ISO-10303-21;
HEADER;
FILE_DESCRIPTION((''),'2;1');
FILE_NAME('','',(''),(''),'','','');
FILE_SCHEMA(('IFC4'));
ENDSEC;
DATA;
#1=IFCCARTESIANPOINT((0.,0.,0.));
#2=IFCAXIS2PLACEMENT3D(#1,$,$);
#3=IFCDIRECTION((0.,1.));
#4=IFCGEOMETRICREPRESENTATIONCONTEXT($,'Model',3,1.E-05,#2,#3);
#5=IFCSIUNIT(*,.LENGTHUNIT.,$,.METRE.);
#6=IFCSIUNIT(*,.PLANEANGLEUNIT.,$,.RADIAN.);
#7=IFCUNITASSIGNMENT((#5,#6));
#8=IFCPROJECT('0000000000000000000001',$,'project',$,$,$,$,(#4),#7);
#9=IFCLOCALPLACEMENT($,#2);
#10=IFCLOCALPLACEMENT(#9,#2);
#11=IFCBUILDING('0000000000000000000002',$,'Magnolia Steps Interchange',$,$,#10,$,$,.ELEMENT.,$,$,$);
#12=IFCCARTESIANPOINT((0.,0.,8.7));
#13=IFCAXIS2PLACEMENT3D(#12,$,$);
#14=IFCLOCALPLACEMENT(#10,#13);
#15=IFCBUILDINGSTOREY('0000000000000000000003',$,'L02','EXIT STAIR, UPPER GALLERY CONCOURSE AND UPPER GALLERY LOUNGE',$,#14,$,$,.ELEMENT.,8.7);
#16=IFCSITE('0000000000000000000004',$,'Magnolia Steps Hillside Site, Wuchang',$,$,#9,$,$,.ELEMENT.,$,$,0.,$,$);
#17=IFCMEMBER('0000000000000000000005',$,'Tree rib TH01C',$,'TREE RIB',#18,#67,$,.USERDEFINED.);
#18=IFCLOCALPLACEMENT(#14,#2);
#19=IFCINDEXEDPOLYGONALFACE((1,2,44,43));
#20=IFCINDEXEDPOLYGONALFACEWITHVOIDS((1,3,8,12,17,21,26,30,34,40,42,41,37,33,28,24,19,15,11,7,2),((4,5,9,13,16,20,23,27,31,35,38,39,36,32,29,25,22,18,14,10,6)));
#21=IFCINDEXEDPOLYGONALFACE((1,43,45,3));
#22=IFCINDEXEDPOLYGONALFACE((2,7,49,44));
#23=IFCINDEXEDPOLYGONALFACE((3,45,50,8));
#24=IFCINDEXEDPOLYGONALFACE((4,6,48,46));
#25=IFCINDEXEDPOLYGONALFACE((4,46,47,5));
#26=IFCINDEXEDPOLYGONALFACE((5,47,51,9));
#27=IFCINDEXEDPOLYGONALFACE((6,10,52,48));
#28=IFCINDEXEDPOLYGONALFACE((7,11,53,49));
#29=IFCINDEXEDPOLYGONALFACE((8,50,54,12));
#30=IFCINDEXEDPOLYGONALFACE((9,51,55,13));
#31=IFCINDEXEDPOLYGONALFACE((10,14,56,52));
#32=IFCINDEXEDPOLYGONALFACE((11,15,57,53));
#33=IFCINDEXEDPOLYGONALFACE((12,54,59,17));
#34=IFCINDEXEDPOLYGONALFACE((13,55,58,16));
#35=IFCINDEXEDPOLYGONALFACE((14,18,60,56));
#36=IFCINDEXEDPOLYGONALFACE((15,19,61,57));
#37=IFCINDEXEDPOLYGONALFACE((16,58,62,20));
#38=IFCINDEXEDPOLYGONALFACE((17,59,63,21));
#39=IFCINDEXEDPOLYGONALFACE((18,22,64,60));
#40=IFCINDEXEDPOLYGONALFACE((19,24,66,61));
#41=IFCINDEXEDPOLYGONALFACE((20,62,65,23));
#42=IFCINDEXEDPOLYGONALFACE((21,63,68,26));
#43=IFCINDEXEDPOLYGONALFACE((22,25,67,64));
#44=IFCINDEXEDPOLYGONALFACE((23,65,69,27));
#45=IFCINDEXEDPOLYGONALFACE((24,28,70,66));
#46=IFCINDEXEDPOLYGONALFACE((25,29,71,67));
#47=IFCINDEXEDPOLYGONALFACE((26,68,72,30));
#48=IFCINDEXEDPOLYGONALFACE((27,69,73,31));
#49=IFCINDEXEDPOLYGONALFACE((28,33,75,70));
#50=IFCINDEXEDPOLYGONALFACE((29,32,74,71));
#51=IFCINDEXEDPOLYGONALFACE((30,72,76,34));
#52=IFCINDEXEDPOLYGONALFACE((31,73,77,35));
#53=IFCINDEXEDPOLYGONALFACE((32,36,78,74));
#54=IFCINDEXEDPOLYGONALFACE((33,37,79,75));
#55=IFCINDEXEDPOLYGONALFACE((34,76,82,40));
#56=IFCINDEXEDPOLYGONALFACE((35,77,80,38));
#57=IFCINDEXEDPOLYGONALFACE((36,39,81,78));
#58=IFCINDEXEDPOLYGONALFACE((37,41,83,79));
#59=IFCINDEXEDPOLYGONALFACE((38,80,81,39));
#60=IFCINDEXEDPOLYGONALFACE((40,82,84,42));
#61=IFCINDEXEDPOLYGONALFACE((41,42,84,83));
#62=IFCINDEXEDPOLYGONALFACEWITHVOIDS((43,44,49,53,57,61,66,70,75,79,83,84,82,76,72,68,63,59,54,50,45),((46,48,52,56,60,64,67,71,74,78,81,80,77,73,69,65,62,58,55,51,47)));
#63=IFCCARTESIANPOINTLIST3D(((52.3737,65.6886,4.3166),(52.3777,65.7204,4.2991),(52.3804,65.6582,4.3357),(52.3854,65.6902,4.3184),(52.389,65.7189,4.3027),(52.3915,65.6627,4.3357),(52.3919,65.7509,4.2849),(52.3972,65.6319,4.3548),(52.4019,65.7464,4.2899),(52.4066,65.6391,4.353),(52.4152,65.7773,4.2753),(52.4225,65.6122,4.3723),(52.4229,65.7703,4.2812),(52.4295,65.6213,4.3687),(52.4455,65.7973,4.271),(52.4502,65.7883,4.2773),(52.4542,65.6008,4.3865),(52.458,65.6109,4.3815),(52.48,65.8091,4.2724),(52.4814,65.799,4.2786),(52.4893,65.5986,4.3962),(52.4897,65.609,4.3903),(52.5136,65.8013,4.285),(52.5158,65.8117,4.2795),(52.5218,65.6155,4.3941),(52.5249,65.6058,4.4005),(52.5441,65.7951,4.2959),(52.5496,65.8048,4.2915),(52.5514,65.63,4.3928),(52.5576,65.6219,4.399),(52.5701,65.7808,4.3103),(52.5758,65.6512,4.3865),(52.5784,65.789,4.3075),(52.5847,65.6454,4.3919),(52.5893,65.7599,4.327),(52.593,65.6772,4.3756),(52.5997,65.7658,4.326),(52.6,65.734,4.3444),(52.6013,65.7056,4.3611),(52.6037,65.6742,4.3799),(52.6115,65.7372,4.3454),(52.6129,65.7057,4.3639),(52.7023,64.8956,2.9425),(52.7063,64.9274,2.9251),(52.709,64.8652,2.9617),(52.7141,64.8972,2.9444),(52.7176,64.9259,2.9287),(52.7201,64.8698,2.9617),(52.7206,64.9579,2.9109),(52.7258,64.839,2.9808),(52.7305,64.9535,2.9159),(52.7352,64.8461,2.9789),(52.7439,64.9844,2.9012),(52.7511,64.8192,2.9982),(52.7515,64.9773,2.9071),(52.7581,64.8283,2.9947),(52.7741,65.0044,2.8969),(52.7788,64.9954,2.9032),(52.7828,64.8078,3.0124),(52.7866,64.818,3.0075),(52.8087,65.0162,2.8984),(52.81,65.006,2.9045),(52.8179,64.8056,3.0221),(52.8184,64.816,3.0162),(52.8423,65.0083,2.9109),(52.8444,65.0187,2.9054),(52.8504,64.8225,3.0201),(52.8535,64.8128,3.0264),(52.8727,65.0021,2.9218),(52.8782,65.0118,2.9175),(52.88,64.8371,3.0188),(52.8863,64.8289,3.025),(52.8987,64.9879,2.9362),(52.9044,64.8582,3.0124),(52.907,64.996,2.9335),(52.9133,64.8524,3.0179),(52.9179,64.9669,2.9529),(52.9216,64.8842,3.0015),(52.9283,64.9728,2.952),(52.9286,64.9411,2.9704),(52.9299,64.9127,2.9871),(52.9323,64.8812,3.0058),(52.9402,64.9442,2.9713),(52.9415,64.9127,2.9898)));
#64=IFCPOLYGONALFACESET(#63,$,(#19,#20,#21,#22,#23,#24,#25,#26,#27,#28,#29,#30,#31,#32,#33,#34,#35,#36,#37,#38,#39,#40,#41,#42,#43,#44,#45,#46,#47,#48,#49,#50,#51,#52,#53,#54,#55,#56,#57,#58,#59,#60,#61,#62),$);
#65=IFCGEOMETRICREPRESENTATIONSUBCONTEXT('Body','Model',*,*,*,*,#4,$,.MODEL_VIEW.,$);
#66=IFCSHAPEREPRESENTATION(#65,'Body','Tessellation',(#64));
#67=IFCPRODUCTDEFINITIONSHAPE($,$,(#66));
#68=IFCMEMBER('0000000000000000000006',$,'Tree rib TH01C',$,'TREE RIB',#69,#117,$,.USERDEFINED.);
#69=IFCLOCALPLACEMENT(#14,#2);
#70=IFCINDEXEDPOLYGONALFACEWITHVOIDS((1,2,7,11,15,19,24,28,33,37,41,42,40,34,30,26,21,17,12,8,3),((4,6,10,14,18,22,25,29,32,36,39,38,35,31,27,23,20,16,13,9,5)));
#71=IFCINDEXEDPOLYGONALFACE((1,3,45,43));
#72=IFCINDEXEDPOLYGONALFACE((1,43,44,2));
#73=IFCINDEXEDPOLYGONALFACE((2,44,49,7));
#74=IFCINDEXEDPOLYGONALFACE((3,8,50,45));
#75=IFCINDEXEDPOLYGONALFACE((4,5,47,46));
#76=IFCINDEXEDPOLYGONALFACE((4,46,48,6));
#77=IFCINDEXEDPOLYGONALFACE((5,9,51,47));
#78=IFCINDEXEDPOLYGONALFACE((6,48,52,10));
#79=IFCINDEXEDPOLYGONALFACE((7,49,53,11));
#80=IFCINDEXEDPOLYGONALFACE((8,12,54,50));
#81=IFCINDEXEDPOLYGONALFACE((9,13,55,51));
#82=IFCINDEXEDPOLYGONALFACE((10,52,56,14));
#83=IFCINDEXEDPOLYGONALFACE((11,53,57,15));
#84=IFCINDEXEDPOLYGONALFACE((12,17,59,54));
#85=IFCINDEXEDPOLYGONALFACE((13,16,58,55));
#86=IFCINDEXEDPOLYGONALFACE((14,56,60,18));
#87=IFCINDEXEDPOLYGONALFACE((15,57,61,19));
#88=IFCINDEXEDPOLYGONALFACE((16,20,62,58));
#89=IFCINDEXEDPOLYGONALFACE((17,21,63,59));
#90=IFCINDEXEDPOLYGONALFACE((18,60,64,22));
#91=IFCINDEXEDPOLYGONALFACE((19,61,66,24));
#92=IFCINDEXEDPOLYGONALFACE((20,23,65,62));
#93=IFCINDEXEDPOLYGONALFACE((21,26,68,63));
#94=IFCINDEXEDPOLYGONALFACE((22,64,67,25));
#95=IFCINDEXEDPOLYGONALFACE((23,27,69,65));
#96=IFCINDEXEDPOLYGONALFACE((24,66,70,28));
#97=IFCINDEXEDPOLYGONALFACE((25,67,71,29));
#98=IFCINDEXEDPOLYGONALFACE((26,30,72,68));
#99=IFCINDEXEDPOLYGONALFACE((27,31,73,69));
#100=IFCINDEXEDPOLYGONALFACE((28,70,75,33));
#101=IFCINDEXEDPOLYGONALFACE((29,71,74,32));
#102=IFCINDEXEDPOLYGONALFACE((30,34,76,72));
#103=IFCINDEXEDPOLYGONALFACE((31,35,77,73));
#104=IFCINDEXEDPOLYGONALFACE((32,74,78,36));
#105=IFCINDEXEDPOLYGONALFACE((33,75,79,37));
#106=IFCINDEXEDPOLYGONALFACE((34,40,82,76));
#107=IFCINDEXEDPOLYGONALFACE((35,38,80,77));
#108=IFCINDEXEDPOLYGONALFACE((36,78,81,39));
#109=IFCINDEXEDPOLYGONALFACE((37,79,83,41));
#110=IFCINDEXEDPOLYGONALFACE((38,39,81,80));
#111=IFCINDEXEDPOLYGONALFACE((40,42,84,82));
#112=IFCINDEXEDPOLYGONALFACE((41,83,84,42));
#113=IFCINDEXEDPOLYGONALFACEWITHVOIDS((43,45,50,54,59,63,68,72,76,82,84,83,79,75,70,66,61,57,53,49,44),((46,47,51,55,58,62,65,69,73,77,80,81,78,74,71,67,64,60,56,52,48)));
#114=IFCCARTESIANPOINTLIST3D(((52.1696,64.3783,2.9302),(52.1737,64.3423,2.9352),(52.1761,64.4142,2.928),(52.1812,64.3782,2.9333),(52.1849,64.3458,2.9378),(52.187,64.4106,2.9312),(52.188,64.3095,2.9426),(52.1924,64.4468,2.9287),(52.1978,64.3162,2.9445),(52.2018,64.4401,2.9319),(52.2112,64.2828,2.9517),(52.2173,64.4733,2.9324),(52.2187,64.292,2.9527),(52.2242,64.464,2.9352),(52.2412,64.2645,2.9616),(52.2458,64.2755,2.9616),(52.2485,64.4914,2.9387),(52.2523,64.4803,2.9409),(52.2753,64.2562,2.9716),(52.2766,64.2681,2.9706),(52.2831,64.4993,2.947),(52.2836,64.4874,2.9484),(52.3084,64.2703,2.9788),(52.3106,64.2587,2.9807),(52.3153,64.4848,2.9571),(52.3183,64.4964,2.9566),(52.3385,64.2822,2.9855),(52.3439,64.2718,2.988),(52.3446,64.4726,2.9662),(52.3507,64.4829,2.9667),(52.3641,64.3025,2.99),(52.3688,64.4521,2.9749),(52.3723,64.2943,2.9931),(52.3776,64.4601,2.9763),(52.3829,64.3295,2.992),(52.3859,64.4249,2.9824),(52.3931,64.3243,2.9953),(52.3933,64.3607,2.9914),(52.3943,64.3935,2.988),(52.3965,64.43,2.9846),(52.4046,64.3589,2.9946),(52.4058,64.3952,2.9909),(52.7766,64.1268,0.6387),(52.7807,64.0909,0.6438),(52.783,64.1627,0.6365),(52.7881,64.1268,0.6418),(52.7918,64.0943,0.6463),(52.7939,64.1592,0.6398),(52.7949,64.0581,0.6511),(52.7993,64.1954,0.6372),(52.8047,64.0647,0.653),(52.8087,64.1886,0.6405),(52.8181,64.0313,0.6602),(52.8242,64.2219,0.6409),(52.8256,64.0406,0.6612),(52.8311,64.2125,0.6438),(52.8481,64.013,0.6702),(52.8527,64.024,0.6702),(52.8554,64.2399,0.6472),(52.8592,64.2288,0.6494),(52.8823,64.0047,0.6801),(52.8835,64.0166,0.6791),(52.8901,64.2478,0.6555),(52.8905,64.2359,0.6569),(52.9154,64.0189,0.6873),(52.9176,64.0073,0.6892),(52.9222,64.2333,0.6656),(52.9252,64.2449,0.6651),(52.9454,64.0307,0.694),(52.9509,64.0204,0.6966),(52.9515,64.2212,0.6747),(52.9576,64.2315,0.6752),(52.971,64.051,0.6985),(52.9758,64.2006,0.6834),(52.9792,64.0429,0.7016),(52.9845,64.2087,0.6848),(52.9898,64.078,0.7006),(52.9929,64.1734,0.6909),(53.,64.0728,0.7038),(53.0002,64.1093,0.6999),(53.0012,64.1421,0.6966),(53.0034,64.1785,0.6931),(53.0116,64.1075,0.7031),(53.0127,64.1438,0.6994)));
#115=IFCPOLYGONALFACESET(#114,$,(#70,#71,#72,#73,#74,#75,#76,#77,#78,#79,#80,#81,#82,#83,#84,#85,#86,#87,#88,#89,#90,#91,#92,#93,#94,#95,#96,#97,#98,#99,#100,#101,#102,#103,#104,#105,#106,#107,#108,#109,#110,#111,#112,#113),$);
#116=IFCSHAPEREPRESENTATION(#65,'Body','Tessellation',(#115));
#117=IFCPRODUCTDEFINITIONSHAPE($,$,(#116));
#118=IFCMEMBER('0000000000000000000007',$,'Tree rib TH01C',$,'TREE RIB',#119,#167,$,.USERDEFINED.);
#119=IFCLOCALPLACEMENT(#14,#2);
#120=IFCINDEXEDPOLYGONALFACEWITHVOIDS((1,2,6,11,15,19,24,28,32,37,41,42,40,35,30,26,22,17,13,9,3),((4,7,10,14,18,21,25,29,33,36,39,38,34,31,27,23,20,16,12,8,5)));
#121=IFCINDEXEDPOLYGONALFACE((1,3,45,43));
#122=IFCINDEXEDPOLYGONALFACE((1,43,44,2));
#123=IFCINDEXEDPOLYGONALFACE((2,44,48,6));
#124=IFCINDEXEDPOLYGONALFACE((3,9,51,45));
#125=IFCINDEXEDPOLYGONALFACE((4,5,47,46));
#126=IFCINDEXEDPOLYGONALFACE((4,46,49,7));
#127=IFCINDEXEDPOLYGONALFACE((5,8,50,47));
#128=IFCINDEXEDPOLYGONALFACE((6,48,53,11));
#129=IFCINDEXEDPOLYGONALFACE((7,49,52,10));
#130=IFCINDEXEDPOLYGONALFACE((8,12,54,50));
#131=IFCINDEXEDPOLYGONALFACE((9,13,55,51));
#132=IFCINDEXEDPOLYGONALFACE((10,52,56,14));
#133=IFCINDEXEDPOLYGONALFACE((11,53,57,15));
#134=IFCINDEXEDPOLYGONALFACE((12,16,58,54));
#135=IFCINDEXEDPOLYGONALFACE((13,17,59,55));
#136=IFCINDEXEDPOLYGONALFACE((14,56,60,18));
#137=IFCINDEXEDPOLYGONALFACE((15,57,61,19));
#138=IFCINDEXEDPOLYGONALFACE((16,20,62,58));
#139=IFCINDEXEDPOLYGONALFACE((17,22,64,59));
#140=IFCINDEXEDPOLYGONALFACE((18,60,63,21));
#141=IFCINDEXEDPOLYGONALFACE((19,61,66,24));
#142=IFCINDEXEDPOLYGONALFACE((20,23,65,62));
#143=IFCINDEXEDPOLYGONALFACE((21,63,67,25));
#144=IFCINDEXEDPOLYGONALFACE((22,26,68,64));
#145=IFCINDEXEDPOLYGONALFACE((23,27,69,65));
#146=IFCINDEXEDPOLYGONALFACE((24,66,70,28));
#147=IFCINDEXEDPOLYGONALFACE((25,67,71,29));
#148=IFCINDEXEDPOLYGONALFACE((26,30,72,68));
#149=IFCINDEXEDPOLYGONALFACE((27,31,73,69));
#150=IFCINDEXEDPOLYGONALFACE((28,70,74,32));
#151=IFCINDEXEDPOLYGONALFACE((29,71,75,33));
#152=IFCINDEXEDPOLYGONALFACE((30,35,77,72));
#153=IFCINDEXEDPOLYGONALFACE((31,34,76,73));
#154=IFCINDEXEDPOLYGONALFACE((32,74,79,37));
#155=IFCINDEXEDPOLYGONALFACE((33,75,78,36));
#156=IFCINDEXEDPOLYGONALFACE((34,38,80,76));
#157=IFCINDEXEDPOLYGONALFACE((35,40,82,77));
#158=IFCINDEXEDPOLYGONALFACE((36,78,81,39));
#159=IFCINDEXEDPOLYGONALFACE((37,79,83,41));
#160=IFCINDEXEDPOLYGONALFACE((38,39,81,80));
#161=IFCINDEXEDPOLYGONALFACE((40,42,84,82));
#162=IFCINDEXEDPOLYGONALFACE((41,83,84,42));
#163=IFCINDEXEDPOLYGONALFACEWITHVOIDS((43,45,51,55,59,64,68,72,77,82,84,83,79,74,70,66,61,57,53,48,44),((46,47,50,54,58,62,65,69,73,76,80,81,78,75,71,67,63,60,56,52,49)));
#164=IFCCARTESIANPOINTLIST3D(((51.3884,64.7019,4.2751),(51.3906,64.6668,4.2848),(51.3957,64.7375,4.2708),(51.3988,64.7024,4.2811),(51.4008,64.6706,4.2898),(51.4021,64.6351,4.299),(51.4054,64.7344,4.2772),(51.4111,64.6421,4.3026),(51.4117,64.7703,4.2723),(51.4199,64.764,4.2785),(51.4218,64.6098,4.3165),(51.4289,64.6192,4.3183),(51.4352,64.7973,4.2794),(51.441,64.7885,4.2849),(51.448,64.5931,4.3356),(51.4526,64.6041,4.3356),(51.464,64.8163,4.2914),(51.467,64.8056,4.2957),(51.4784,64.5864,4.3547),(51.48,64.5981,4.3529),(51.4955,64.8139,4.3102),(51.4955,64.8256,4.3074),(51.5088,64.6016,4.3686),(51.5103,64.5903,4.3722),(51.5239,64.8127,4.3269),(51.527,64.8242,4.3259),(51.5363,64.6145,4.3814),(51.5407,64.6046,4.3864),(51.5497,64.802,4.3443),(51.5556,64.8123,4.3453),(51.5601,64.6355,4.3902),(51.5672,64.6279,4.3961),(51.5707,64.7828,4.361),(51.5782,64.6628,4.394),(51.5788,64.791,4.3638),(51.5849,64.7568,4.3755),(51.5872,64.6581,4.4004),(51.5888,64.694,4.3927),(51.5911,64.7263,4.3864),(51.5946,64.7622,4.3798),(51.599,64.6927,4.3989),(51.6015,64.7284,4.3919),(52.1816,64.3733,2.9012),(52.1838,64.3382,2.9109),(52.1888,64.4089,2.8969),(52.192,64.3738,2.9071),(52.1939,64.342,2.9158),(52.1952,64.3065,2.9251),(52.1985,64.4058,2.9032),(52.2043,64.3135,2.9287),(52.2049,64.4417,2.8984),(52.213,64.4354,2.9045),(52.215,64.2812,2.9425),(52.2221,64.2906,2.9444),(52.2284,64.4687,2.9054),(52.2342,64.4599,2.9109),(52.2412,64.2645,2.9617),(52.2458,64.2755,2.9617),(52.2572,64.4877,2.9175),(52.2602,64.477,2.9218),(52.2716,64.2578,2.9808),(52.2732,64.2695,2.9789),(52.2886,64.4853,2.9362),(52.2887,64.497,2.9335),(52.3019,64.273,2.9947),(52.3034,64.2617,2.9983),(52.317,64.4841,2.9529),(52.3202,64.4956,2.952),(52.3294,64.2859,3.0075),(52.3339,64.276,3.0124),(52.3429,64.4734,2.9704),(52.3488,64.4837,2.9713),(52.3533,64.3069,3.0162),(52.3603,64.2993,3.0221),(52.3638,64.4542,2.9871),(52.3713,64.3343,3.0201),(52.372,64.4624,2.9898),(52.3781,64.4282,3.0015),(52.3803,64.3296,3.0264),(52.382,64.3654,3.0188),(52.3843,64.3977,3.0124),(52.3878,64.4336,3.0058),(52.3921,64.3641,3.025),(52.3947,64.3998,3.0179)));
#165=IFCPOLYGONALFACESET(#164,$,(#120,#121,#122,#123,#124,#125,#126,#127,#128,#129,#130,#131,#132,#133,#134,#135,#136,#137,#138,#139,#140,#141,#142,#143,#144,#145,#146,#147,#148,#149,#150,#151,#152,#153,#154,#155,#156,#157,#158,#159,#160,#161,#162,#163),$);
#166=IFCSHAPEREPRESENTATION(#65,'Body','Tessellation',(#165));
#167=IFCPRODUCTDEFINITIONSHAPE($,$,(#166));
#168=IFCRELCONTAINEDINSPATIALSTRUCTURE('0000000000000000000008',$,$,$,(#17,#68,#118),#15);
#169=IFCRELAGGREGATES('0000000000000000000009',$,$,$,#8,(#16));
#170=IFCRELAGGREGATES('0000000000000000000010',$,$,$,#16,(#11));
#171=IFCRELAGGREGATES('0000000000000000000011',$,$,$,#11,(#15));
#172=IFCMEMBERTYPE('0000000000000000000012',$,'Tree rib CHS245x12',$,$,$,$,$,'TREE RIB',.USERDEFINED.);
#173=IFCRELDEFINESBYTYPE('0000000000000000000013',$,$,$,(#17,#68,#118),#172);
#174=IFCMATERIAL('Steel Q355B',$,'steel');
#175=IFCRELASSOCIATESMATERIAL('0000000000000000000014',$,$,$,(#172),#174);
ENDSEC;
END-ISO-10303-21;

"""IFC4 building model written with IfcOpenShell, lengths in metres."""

from ifc_helpers import new_model, si_unit, direction, frame, origin, origin_2d, place, context, subcontext, project, spatial, hollow_circle, extrude, material, material_profile, profile_set, type_object, element, save


model = new_model("IFC4")

# Units and contexts
model_context = context("Model", 3, precision=1e-05, world=origin(), true_north=direction((0.0, 1.0)))
body_context = subcontext(model_context, "Body", "Model", "MODEL_VIEW")
ifc_project = project(units=[si_unit("LENGTHUNIT", "METRE"), si_unit("PLANEANGLEUNIT", "RADIAN")], contexts=[model_context])

# Site, building, storey
site_placement = place(None, origin())
site = spatial("IfcSite", under=ifc_project, at=site_placement, Name="Magnolia Steps Hillside Site, Wuchang", CompositionType="ELEMENT", RefElevation=0.0)
building_placement = place(site_placement, origin())
building = spatial("IfcBuilding", under=site, at=building_placement, Name="Magnolia Steps Interchange", CompositionType="ELEMENT")
storey_placement = place(building_placement, frame((0.0, 0.0, 8.7)))
storey = spatial("IfcBuildingStorey", under=building, at=storey_placement, Name="L02", Description="EXIT STAIR, UPPER GALLERY CONCOURSE AND UPPER GALLERY LOUNGE", CompositionType="ELEMENT", Elevation=8.7)

# Members
ifc_material_1 = material(Name="Steel Q355B", Category="steel")
ifc_material_profile_1 = material_profile(ifc_material_1, hollow_circle(Radius=0.1226, WallThickness=0.012, at=origin_2d()), Name="CHS245x12")
ifc_profile_set_1 = profile_set([ifc_material_profile_1], Name="Steel Q355B")
member_type_1 = type_object("IfcMemberType", Name="Tree rib CHS245x12", ElementType="TREE RIB", PredefinedType="USERDEFINED", material=ifc_profile_set_1)
member_1_placement = place(storey_placement, frame((52.8223, 64.9121, 2.9617), z_axis=(-0.202835, 0.489456, 0.84811), x_axis=(-0.923816, -0.382837, 0.0)))
element("IfcMember", 1, at=member_1_placement, inside=storey, type_object=member_type_1, Name="Tree rib TH01C", ObjectType="TREE RIB", PredefinedType="USERDEFINED", context=body_context, shape_type="SweptSolid", body=[
    extrude(hollow_circle(Radius=0.1226, WallThickness=0.012, at=origin_2d()), origin(), (0.0, 0.0, 1.0), 1.6201),
])
member_2_placement = place(storey_placement, frame((52.895, 64.1262, 0.6702), z_axis=(-0.254606, 0.105488, 0.961274), x_axis=(-0.382768, -0.923845, 0.0)))
element("IfcMember", 2, at=member_2_placement, inside=storey, type_object=member_type_1, Name="Tree rib TH01C", ObjectType="TREE RIB", PredefinedType="USERDEFINED", context=body_context, shape_type="SweptSolid", body=[
    extrude(hollow_circle(Radius=0.1226, WallThickness=0.012, at=origin_2d()), origin(), (0.0, 0.0, 1.0), 2.3838),
])
for number, where, z_axis, x_axis, name in (
    (3, (52.2881, 64.3777, 2.9617), (-0.489571, 0.20282, 0.848047), (-0.382737, -0.923857, 0.0), "Tree rib TH01C"),
):
    element("IfcMember", number, at=place(storey_placement, frame(where, z_axis=z_axis, x_axis=x_axis)), inside=storey, type_object=member_type_1, Name=name, ObjectType="TREE RIB", PredefinedType="USERDEFINED", context=body_context, shape_type="SweptSolid", body=[
        extrude(hollow_circle(Radius=0.1226, WallThickness=0.012, at=origin_2d()), origin(), (0.0, 0.0, 1.0), 1.6201),
    ])

save(model, "model.ifc")
